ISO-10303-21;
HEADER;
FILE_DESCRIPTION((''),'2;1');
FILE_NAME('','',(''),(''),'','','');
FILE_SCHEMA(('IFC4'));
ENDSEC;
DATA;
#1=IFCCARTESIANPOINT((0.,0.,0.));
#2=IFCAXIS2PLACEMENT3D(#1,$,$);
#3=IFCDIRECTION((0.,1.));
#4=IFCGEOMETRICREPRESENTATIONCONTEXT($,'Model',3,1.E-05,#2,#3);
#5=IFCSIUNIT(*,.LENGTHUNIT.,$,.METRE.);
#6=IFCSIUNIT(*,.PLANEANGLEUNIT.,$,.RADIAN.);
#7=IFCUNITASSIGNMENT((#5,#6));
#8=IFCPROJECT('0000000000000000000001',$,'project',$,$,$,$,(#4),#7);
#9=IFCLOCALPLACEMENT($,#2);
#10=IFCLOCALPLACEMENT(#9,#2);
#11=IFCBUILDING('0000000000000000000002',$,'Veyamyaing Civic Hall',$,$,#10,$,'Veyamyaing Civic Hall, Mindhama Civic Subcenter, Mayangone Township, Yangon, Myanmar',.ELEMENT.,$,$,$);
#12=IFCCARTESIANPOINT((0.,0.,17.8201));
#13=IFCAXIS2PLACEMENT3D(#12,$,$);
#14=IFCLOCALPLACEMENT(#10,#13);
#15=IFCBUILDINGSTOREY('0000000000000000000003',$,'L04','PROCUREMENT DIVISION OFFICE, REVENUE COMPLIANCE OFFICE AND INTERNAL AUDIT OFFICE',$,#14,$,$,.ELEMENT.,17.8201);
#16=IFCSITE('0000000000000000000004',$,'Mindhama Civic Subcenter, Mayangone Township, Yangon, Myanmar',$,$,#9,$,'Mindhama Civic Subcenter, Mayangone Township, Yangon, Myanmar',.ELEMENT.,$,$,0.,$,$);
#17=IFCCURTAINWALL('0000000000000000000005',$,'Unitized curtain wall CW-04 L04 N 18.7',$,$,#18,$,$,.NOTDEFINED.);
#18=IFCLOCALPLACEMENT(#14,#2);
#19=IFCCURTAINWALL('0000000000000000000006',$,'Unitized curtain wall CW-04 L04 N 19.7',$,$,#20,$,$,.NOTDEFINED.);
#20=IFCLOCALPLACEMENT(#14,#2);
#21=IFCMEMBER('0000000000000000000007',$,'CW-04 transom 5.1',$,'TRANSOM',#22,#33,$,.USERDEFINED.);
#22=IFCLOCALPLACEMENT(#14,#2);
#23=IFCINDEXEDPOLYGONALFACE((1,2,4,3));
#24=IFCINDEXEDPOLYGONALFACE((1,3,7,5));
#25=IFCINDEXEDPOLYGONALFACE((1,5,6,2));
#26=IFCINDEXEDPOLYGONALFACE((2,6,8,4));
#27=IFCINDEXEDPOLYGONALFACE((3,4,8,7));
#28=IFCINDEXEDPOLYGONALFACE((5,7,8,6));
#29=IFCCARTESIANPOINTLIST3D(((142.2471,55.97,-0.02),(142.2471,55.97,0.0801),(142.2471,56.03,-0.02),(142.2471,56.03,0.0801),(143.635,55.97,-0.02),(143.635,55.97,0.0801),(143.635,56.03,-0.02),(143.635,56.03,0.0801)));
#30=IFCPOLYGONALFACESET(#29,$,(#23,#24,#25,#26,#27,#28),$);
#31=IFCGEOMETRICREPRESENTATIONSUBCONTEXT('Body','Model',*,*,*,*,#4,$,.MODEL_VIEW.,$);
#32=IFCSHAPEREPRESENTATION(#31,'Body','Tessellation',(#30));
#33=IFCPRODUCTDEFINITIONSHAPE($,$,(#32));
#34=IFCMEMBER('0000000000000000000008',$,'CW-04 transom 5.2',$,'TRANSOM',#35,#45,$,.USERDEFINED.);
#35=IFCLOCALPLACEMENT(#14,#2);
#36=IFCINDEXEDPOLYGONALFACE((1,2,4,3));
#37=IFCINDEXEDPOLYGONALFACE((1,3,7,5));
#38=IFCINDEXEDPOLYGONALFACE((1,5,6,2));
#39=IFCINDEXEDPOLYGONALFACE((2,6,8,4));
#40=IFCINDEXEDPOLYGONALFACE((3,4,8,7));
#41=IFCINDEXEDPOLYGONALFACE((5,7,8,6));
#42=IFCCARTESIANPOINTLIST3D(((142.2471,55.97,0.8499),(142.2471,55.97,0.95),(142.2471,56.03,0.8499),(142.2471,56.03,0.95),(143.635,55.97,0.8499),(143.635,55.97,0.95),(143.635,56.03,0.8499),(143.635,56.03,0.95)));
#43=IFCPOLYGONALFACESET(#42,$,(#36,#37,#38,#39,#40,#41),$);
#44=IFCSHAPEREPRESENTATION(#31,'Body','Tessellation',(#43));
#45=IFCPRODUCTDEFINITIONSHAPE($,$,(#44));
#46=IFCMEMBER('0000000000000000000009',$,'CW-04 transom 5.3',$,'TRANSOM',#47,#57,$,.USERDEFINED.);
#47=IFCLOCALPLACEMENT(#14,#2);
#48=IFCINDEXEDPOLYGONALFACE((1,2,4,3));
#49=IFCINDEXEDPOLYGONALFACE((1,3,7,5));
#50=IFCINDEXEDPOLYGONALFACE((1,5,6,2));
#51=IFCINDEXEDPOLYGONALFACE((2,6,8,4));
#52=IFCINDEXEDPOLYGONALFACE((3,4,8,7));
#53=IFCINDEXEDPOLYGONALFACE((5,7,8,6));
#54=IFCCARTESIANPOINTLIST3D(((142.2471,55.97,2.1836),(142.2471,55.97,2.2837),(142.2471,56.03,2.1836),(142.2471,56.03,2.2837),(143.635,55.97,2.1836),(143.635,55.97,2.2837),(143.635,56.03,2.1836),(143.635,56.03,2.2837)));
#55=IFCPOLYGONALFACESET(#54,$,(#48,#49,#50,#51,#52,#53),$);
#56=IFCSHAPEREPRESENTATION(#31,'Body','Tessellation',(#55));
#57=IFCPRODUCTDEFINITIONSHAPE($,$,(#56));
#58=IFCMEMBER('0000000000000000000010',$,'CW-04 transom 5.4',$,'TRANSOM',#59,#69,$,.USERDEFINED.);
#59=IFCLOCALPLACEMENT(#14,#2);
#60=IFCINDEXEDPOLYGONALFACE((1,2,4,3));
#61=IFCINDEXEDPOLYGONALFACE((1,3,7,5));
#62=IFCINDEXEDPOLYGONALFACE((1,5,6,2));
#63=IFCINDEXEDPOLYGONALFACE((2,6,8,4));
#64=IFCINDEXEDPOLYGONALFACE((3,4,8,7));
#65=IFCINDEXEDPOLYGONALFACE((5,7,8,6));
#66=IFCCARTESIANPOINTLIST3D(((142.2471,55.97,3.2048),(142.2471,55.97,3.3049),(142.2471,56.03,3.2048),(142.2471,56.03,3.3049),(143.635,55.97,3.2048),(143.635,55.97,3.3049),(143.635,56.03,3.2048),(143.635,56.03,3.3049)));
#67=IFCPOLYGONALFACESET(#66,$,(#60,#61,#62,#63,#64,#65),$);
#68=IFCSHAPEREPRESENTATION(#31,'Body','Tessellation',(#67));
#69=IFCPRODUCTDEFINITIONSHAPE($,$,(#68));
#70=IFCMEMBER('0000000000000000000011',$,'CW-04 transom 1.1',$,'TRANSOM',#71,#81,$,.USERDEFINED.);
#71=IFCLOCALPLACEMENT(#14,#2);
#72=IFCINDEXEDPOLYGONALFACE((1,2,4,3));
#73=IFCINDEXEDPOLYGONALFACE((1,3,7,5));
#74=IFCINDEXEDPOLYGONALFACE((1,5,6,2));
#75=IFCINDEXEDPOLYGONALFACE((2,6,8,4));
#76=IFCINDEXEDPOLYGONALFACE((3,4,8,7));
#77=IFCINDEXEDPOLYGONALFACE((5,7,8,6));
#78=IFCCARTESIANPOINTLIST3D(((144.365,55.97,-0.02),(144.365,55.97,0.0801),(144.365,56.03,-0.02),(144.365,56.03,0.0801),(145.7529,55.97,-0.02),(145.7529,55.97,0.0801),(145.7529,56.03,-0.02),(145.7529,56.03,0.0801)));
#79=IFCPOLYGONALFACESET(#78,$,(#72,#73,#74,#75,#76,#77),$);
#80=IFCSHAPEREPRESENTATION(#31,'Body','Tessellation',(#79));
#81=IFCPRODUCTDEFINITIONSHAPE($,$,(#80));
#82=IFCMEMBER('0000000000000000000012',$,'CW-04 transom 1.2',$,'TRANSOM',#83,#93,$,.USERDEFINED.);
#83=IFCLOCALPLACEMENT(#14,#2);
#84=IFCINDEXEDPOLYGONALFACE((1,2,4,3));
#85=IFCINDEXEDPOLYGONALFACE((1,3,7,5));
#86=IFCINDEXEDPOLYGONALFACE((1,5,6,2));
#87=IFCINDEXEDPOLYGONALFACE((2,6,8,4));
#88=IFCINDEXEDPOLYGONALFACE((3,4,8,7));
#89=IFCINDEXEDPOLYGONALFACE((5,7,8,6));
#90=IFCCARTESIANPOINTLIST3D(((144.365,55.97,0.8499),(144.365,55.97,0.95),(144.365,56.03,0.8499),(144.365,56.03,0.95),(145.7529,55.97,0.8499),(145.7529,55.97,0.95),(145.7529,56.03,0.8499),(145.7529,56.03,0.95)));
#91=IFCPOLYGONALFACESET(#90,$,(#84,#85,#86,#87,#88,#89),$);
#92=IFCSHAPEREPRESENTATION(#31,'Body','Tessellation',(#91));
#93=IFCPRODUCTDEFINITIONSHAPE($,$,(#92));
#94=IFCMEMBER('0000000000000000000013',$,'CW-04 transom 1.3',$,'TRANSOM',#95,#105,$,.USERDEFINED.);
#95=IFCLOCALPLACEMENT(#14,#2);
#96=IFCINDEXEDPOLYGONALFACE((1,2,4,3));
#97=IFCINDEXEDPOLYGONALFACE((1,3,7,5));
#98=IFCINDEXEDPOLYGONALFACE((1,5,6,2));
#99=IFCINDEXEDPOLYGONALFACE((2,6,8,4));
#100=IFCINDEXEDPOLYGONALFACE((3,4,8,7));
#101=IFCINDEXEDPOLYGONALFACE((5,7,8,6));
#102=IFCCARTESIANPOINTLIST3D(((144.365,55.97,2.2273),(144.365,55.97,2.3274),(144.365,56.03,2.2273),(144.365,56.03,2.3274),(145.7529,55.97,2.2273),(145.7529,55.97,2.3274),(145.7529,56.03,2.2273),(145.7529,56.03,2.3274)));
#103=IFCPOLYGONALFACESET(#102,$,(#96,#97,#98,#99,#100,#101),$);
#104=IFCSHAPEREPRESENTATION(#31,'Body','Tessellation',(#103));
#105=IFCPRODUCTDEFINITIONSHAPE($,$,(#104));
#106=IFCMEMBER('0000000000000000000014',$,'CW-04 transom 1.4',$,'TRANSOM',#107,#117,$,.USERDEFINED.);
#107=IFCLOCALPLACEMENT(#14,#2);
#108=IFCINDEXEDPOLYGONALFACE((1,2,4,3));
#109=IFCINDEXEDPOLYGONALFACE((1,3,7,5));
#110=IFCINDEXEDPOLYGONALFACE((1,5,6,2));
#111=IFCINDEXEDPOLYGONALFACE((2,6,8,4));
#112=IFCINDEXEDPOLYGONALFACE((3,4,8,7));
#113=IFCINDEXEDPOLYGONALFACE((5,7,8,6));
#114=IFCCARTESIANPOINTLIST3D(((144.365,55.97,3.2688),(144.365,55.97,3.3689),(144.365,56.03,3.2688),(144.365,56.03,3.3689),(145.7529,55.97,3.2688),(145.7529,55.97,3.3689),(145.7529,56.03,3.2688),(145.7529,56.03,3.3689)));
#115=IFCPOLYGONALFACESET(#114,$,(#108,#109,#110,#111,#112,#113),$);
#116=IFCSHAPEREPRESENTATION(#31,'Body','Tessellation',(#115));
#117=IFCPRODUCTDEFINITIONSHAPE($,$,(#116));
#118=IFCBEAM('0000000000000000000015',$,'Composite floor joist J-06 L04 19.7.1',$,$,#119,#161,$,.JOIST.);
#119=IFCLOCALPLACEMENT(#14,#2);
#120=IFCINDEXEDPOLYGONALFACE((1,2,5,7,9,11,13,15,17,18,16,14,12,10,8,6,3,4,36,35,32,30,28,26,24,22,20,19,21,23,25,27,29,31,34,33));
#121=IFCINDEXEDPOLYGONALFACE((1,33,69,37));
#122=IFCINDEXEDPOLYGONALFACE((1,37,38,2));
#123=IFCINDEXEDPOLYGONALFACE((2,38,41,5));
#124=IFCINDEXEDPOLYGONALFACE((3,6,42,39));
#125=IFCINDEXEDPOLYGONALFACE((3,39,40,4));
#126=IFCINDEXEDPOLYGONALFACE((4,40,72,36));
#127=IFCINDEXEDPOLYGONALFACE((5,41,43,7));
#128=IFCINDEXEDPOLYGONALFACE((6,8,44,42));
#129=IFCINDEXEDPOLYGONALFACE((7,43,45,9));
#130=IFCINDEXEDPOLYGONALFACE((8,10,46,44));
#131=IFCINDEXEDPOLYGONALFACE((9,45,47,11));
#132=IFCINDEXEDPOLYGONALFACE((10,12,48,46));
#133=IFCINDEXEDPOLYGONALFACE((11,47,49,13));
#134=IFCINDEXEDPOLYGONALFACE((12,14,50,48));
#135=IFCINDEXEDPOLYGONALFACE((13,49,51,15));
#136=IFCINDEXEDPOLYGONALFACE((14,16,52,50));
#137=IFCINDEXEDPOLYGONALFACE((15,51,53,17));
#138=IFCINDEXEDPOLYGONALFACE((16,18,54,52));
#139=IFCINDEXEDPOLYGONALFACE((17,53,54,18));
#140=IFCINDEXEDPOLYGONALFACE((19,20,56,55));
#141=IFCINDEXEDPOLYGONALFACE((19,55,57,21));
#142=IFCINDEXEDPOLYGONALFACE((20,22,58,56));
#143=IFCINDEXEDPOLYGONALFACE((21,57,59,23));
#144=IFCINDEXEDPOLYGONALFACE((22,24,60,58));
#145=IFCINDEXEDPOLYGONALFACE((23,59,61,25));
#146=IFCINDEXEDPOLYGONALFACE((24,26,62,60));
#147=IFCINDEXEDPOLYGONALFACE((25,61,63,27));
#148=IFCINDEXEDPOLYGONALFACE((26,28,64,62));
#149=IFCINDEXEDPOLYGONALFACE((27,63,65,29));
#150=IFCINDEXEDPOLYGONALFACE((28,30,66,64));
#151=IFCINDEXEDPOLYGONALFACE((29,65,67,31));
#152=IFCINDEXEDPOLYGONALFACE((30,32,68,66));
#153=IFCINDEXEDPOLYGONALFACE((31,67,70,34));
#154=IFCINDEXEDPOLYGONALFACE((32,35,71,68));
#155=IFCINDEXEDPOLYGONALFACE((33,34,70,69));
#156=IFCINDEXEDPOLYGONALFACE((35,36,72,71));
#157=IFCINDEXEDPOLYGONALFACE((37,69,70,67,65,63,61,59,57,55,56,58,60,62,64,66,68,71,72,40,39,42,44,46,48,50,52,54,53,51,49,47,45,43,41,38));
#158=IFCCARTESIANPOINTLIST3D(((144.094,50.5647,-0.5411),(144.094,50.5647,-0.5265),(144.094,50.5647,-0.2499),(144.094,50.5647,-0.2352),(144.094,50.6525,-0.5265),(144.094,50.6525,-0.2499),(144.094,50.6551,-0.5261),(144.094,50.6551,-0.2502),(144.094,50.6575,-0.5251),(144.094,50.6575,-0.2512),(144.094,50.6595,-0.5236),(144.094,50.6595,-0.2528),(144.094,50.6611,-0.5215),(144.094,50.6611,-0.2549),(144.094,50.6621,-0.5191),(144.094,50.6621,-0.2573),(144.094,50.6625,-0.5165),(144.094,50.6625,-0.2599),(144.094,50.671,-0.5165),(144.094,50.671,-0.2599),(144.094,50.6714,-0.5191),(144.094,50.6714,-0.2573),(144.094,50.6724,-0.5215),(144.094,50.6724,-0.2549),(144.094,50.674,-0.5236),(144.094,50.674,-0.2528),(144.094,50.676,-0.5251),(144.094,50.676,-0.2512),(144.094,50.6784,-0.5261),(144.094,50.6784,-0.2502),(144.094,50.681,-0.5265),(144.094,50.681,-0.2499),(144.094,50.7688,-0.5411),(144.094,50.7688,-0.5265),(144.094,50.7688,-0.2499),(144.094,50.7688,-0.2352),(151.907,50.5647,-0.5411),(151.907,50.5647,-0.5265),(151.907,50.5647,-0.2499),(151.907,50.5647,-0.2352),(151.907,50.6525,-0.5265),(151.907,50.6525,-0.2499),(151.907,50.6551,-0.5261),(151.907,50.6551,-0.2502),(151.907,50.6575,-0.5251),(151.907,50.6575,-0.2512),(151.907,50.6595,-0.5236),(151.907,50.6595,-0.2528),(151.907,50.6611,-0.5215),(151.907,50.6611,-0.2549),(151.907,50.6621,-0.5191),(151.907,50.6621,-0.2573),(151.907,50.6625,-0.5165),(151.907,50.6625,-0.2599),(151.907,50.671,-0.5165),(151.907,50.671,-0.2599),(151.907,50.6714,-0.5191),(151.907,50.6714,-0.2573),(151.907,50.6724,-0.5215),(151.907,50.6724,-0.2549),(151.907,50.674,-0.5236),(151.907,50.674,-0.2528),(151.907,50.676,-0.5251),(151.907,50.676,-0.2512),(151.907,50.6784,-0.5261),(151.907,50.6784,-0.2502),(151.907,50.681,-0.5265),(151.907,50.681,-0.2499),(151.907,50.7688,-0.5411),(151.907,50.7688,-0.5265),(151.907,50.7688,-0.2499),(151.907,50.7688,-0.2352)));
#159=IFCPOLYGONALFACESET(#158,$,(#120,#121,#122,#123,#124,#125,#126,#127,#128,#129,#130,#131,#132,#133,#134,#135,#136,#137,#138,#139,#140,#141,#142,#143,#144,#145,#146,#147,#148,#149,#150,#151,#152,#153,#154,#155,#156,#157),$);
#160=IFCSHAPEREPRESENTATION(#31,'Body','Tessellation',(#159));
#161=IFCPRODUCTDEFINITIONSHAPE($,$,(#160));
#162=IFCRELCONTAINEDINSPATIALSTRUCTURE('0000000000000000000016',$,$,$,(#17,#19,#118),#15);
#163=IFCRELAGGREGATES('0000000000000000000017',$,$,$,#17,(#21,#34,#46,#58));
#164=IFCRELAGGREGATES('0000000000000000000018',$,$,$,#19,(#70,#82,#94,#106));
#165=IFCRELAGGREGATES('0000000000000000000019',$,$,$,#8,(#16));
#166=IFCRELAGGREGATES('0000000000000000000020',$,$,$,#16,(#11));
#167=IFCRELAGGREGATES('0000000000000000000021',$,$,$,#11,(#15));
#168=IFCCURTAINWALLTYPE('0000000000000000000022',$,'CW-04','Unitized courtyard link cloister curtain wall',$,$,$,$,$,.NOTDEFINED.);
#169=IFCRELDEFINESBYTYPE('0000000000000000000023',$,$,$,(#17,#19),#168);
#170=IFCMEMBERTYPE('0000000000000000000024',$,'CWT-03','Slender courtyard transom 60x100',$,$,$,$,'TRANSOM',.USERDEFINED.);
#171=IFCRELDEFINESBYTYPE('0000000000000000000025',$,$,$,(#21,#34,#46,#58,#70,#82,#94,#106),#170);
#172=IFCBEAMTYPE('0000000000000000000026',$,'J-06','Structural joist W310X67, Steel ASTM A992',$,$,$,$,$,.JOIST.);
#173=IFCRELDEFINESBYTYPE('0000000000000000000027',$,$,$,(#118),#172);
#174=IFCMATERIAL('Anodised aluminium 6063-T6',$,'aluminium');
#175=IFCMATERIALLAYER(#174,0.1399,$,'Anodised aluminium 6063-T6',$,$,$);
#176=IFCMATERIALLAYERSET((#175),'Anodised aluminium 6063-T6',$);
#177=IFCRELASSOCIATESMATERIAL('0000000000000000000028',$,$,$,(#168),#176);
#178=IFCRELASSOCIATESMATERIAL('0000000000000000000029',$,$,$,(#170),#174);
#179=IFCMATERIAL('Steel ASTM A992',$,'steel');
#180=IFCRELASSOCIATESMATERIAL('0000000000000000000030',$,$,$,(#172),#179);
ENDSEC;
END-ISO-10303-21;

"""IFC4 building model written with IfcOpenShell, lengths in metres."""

from ifc_helpers import new_model, si_unit, direction, frame, origin, origin_2d, place, context, subcontext, project, spatial, rectangle, i_section, extrude, material, layer, layer_set, material_profile, profile_set, type_object, element, aggregate, save


model = new_model("IFC4")

# Units and contexts
model_context = context("Model", 3, precision=1e-05, world=origin(), true_north=direction((0.0, 1.0)))
body_context = subcontext(model_context, "Body", "Model", "MODEL_VIEW")
ifc_project = project(units=[si_unit("LENGTHUNIT", "METRE"), si_unit("PLANEANGLEUNIT", "RADIAN")], contexts=[model_context])

# Site, building, storey
site_placement = place(None, origin())
site = spatial("IfcSite", under=ifc_project, at=site_placement, Name="Mindhama Civic Subcenter, Mayangone Township, Yangon, Myanmar", LongName="Mindhama Civic Subcenter, Mayangone Township, Yangon, Myanmar", CompositionType="ELEMENT", RefElevation=0.0)
building_placement = place(site_placement, origin())
building = spatial("IfcBuilding", under=site, at=building_placement, Name="Veyamyaing Civic Hall", LongName="Veyamyaing Civic Hall, Mindhama Civic Subcenter, Mayangone Township, Yangon, Myanmar", CompositionType="ELEMENT")
storey_placement = place(building_placement, frame((0.0, 0.0, 17.8201)))
storey = spatial("IfcBuildingStorey", under=building, at=storey_placement, Name="L04", Description="PROCUREMENT DIVISION OFFICE, REVENUE COMPLIANCE OFFICE AND INTERNAL AUDIT OFFICE", CompositionType="ELEMENT", Elevation=17.8201)

# Shared definitions
ifc_material_1 = material(Name="Steel ASTM A992", Category="steel")

# Curtain wall
ifc_material_2 = material(Name="Anodised aluminium 6063-T6", Category="aluminium")
ifc_layer_1 = layer(ifc_material_2, 0.1399, Name="Anodised aluminium 6063-T6")
ifc_layer_set_1 = layer_set([ifc_layer_1], Name="Anodised aluminium 6063-T6")
curtain_wall_type = type_object("IfcCurtainWallType", Name="CW-04", Description="Unitized courtyard link cloister curtain wall", PredefinedType="NOTDEFINED", material=ifc_layer_set_1)
curtain_wall_1_placement = place(storey_placement, origin())
curtain_wall_1 = element("IfcCurtainWall", 1, at=curtain_wall_1_placement, inside=storey, type_object=curtain_wall_type, Name="Unitized curtain wall CW-04 L04 N 18.7", PredefinedType="NOTDEFINED")

# Curtain wall
curtain_wall_2_placement = place(storey_placement, origin())
curtain_wall_2 = element("IfcCurtainWall", 2, at=curtain_wall_2_placement, inside=storey, type_object=curtain_wall_type, Name="Unitized curtain wall CW-04 L04 N 19.7", PredefinedType="NOTDEFINED")

# Members
ifc_material_profile_1 = material_profile(ifc_material_2, rectangle(XDim=0.0601, YDim=0.1001, at=origin_2d()), Name="ALU-TRN-60X100")
ifc_profile_set_1 = profile_set([ifc_material_profile_1], Name="Anodised aluminium 6063-T6")
member_type_1 = type_object("IfcMemberType", Name="CWT-03", Description="Slender courtyard transom 60x100", ElementType="TRANSOM", PredefinedType="USERDEFINED", material=ifc_profile_set_1)
member_1_placement = place(storey_placement, frame((142.2471, 56.0, 0.03), z_axis=(1.0, 0.0, 0.0), x_axis=(0.0, 1.0, 0.0)))
member_1 = element("IfcMember", 3, at=member_1_placement, type_object=member_type_1, Name="CW-04 transom 5.1", ObjectType="TRANSOM", PredefinedType="USERDEFINED", context=body_context, shape_type="SweptSolid", body=[
    extrude(rectangle(XDim=0.0601, YDim=0.1001, at=origin_2d()), origin(), (0.0, 0.0, 1.0), 1.3879),
])
member_2_placement = place(storey_placement, frame((142.2471, 56.0, 0.8999), z_axis=(1.0, 0.0, 0.0), x_axis=(0.0, 1.0, 0.0)))
member_2 = element("IfcMember", 4, at=member_2_placement, type_object=member_type_1, Name="CW-04 transom 5.2", ObjectType="TRANSOM", PredefinedType="USERDEFINED", context=body_context, shape_type="SweptSolid", body=[
    extrude(rectangle(XDim=0.0601, YDim=0.1001, at=origin_2d()), origin(), (0.0, 0.0, 1.0), 1.3879),
])
member_3_placement = place(storey_placement, frame((142.2471, 56.0, 2.2336), z_axis=(1.0, 0.0, 0.0), x_axis=(0.0, 1.0, 0.0)))
member_3 = element("IfcMember", 5, at=member_3_placement, type_object=member_type_1, Name="CW-04 transom 5.3", ObjectType="TRANSOM", PredefinedType="USERDEFINED", context=body_context, shape_type="SweptSolid", body=[
    extrude(rectangle(XDim=0.0601, YDim=0.1001, at=origin_2d()), origin(), (0.0, 0.0, 1.0), 1.3879),
])
member_4_placement = place(storey_placement, frame((142.2471, 56.0, 3.2549), z_axis=(1.0, 0.0, 0.0), x_axis=(0.0, 1.0, 0.0)))
member_4 = element("IfcMember", 6, at=member_4_placement, type_object=member_type_1, Name="CW-04 transom 5.4", ObjectType="TRANSOM", PredefinedType="USERDEFINED", context=body_context, shape_type="SweptSolid", body=[
    extrude(rectangle(XDim=0.0601, YDim=0.1001, at=origin_2d()), origin(), (0.0, 0.0, 1.0), 1.3879),
])
member_5_placement = place(storey_placement, frame((144.365, 56.0, 0.03), z_axis=(1.0, 0.0, 0.0), x_axis=(0.0, 1.0, 0.0)))
member_5 = element("IfcMember", 7, at=member_5_placement, type_object=member_type_1, Name="CW-04 transom 1.1", ObjectType="TRANSOM", PredefinedType="USERDEFINED", context=body_context, shape_type="SweptSolid", body=[
    extrude(rectangle(XDim=0.0601, YDim=0.1001, at=origin_2d()), origin(), (0.0, 0.0, 1.0), 1.3879),
])
member_6_placement = place(storey_placement, frame((144.365, 56.0, 0.8999), z_axis=(1.0, 0.0, 0.0), x_axis=(0.0, 1.0, 0.0)))
member_6 = element("IfcMember", 8, at=member_6_placement, type_object=member_type_1, Name="CW-04 transom 1.2", ObjectType="TRANSOM", PredefinedType="USERDEFINED", context=body_context, shape_type="SweptSolid", body=[
    extrude(rectangle(XDim=0.0601, YDim=0.1001, at=origin_2d()), origin(), (0.0, 0.0, 1.0), 1.3879),
])
member_7_placement = place(storey_placement, frame((144.365, 56.0, 2.2773), z_axis=(1.0, 0.0, 0.0), x_axis=(0.0, 1.0, 0.0)))
member_7 = element("IfcMember", 9, at=member_7_placement, type_object=member_type_1, Name="CW-04 transom 1.3", ObjectType="TRANSOM", PredefinedType="USERDEFINED", context=body_context, shape_type="SweptSolid", body=[
    extrude(rectangle(XDim=0.0601, YDim=0.1001, at=origin_2d()), origin(), (0.0, 0.0, 1.0), 1.3879),
])
member_8_placement = place(storey_placement, frame((144.365, 56.0, 3.3188), z_axis=(1.0, 0.0, 0.0), x_axis=(0.0, 1.0, 0.0)))
member_8 = element("IfcMember", 10, at=member_8_placement, type_object=member_type_1, Name="CW-04 transom 1.4", ObjectType="TRANSOM", PredefinedType="USERDEFINED", context=body_context, shape_type="SweptSolid", body=[
    extrude(rectangle(XDim=0.0601, YDim=0.1001, at=origin_2d()), origin(), (0.0, 0.0, 1.0), 1.3879),
])

# Beam
ifc_material_profile_2 = material_profile(ifc_material_1, i_section(OverallWidth=0.2041, OverallDepth=0.3059, WebThickness=0.0085, FlangeThickness=0.0146, FilletRadius=0.01, at=origin_2d()), Name="W310X67")
ifc_profile_set_2 = profile_set([ifc_material_profile_2], Name="Steel ASTM A992")
beam_type_1 = type_object("IfcBeamType", Name="J-06", Description="Structural joist W310X67, Steel ASTM A992", PredefinedType="JOIST", material=ifc_profile_set_2)
for number, where, z_axis, x_axis, name in (
    (11, (144.094, 50.6667, -0.3882), (1.0, 0.0, 0.0), (0.0, 1.0, 0.0), "Composite floor joist J-06 L04 19.7.1"),
):
    element("IfcBeam", number, at=place(storey_placement, frame(where, z_axis=z_axis, x_axis=x_axis)), inside=storey, type_object=beam_type_1, Name=name, PredefinedType="JOIST", context=body_context, shape_type="SweptSolid", body=[
        extrude(i_section(OverallWidth=0.2041, OverallDepth=0.3059, WebThickness=0.0085, FlangeThickness=0.0146, FilletRadius=0.01, at=origin_2d()), origin(), (0.0, 0.0, 1.0), 7.813),
    ])

aggregate(curtain_wall_1, [member_1, member_2, member_3, member_4])
aggregate(curtain_wall_2, [member_5, member_6, member_7, member_8])

save(model, "model.ifc")
